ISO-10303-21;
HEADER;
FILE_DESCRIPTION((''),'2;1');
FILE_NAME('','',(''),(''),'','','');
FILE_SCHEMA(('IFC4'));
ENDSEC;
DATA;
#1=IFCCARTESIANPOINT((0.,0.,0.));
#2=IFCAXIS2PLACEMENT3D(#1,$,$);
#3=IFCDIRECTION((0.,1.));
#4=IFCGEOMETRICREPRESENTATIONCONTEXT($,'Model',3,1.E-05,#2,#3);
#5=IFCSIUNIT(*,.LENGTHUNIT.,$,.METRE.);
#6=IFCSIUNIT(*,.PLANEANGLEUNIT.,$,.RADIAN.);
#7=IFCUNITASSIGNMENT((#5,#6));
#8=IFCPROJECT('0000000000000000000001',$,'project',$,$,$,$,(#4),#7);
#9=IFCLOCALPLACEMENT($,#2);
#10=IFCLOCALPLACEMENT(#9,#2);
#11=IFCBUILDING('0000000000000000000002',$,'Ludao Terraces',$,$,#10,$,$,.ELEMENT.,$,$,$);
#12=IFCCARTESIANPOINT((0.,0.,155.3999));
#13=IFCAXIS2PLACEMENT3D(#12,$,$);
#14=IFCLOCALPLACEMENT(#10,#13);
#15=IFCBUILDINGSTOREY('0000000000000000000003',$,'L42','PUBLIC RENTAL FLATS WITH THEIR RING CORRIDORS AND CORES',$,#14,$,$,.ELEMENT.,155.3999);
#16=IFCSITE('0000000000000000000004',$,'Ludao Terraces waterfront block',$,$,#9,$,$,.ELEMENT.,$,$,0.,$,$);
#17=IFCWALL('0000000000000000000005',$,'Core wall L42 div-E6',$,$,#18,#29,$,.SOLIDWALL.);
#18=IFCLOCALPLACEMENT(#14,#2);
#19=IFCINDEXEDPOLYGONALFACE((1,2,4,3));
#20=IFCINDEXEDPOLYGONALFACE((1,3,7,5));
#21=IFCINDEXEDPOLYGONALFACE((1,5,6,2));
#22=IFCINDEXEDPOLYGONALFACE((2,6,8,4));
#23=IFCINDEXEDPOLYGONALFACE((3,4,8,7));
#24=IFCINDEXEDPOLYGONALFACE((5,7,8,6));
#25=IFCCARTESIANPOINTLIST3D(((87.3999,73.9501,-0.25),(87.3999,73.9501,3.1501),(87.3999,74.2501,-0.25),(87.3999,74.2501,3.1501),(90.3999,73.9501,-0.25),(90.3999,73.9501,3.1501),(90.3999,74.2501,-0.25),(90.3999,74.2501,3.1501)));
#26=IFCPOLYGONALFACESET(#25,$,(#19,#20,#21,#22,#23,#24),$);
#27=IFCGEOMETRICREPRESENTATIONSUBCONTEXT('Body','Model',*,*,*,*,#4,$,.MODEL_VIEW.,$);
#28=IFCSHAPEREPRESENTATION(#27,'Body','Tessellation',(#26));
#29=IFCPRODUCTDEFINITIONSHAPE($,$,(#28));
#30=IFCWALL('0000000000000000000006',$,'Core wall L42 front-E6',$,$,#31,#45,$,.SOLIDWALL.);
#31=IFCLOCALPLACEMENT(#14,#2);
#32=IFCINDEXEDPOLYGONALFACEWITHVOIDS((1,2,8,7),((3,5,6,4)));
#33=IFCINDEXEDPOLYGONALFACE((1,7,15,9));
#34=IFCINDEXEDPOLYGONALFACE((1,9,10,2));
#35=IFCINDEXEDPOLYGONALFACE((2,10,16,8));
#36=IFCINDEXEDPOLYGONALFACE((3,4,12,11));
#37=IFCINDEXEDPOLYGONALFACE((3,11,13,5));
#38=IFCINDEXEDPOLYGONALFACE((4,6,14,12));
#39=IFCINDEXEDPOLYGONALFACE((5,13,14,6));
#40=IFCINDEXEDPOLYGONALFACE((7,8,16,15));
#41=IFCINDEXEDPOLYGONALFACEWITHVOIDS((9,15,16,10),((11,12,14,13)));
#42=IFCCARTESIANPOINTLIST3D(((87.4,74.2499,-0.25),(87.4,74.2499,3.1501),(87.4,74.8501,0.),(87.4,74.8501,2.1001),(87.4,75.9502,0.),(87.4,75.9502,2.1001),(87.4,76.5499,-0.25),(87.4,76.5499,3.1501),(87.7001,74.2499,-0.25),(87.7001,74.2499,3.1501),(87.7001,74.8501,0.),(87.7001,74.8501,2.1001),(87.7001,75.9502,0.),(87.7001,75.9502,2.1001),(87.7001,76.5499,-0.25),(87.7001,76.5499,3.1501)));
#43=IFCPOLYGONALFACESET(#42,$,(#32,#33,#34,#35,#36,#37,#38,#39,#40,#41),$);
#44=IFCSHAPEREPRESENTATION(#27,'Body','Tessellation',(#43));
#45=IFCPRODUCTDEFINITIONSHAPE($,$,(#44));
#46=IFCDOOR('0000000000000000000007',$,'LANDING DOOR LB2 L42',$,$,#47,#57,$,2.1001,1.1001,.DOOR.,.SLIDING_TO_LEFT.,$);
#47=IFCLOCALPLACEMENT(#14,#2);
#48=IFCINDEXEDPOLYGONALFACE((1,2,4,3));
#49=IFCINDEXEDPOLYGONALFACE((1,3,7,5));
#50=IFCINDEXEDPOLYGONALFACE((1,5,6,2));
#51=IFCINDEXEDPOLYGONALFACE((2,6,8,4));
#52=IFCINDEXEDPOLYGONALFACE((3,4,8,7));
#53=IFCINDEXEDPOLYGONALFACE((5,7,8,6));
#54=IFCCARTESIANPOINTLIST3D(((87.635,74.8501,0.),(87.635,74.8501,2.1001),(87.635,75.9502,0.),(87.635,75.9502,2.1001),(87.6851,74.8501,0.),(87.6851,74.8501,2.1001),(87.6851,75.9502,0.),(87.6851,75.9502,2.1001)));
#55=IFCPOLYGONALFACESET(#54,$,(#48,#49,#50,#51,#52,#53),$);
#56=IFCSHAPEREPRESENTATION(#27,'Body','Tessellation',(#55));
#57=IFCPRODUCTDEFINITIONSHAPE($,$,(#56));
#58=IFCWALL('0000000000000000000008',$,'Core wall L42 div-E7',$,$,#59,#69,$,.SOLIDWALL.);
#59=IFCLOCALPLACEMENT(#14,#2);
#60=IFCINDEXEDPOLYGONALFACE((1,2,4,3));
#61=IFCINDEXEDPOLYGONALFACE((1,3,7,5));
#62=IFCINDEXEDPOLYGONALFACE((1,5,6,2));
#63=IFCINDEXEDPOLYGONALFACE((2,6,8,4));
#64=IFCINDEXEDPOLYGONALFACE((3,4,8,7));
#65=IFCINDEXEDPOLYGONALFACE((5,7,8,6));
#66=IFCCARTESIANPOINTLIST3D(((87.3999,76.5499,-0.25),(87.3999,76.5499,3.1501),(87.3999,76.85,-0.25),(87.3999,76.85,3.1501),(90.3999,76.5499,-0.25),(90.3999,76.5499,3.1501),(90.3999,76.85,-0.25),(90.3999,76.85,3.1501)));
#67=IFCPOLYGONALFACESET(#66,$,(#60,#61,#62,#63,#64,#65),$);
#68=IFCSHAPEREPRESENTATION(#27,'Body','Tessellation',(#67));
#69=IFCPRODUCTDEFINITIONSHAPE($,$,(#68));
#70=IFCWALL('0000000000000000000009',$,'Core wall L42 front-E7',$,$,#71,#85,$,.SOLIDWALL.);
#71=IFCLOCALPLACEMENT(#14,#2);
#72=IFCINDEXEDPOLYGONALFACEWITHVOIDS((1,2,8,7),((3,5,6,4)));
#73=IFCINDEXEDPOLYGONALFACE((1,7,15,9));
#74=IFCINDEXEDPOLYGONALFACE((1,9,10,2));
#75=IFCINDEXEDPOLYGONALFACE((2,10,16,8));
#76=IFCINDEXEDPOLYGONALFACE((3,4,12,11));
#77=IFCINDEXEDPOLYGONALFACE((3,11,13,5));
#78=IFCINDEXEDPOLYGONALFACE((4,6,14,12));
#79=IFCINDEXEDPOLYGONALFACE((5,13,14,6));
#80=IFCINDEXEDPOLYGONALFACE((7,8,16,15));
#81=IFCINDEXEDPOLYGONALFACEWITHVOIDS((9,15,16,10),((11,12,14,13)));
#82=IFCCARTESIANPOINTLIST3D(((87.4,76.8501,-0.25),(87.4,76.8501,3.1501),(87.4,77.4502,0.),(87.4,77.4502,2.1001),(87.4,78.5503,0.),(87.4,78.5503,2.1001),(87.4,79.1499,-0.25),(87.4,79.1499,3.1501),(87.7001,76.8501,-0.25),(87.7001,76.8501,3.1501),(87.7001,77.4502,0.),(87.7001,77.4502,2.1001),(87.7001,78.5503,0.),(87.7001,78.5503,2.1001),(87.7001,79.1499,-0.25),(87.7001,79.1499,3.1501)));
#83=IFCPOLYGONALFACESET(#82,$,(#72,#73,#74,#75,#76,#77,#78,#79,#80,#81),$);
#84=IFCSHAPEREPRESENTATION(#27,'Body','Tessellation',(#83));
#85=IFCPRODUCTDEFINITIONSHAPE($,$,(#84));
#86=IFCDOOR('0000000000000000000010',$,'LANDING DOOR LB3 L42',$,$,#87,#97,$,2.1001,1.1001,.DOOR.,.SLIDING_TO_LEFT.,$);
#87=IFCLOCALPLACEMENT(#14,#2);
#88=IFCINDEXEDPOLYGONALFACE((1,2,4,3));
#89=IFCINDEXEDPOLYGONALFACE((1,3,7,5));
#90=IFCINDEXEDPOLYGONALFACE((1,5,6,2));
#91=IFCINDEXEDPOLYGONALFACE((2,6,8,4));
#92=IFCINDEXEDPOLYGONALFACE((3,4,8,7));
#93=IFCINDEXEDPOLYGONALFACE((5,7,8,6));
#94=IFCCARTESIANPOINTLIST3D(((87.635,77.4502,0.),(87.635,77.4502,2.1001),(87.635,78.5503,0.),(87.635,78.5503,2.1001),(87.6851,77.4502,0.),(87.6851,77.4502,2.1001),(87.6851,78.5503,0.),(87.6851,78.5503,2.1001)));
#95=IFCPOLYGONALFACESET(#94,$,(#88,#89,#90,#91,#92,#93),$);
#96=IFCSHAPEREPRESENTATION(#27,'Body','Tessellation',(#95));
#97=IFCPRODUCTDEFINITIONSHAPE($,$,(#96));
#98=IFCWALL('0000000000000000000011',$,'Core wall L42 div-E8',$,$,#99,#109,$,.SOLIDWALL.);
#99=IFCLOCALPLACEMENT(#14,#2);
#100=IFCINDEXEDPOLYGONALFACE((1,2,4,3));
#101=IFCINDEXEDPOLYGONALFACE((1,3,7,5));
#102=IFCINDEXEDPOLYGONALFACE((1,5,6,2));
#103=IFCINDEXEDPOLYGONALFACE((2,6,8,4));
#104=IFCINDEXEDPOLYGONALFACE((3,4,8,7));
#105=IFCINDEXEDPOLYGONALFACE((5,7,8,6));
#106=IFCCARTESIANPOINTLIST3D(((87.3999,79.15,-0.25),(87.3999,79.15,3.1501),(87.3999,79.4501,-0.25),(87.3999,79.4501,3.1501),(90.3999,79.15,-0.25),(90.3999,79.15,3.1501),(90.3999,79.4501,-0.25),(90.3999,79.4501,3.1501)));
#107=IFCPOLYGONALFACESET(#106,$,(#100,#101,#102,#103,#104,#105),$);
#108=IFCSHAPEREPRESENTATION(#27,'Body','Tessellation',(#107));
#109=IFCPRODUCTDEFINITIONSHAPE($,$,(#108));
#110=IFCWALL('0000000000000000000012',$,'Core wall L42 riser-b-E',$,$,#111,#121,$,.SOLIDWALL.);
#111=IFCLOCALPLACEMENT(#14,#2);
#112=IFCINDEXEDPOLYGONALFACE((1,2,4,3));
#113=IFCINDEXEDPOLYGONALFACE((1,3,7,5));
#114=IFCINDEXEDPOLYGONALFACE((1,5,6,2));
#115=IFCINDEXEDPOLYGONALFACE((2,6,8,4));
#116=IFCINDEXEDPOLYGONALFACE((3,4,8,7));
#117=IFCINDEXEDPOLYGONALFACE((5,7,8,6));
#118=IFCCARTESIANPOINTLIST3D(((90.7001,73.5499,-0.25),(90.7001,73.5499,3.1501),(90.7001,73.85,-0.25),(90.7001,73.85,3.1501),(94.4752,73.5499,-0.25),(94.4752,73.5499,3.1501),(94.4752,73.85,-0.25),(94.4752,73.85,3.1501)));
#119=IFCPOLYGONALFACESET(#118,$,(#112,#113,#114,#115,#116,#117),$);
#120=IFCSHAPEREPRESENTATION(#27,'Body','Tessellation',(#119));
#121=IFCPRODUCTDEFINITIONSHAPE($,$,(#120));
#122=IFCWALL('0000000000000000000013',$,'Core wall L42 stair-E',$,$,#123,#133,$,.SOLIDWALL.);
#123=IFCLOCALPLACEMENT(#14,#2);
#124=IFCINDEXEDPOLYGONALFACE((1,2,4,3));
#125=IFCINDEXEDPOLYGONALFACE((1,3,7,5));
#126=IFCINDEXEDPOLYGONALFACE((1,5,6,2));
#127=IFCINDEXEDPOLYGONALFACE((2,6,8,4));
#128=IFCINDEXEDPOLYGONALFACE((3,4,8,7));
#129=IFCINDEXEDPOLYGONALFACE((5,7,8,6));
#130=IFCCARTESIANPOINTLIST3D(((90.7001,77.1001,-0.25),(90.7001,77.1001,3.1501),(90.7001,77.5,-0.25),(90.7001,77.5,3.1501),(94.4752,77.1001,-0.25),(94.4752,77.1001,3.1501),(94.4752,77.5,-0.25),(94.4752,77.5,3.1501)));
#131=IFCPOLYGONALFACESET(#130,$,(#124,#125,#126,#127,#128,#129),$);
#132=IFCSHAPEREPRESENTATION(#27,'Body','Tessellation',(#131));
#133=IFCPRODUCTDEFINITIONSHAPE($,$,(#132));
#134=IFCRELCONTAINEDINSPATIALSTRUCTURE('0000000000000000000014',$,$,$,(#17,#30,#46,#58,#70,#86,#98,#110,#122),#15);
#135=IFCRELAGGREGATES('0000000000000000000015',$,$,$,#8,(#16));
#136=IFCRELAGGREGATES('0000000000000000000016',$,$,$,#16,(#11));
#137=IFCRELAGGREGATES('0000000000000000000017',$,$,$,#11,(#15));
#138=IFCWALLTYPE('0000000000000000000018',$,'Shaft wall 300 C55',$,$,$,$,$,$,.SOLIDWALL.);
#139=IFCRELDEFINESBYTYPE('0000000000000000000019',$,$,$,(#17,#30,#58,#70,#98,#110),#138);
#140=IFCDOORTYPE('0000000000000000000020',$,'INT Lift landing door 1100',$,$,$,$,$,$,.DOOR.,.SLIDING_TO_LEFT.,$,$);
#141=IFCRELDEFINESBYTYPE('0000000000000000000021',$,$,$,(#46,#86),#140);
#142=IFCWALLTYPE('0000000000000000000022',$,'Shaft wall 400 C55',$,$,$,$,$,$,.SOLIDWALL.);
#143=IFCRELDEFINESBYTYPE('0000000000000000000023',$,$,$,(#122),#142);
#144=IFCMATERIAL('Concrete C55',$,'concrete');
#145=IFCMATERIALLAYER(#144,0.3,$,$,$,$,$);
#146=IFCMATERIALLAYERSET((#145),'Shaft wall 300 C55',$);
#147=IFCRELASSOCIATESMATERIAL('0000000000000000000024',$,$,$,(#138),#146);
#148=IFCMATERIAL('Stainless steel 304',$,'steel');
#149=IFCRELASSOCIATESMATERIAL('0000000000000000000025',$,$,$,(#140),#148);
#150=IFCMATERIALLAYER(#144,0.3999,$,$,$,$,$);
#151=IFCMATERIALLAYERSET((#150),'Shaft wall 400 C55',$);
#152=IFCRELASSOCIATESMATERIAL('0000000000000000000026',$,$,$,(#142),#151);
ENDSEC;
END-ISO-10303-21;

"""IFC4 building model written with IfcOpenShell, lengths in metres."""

from ifc_helpers import new_model, si_unit, direction, frame, frame_2d, origin, place, context, subcontext, project, spatial, rectangle, extrude, material, layer, layer_set, type_object, element, fill, save


model = new_model("IFC4")

# Units and contexts
model_context = context("Model", 3, precision=1e-05, world=origin(), true_north=direction((0.0, 1.0)))
body_context = subcontext(model_context, "Body", "Model", "MODEL_VIEW")
ifc_project = project(units=[si_unit("LENGTHUNIT", "METRE"), si_unit("PLANEANGLEUNIT", "RADIAN")], contexts=[model_context])

# Site, building, storey
site_placement = place(None, origin())
site = spatial("IfcSite", under=ifc_project, at=site_placement, Name="Ludao Terraces waterfront block", CompositionType="ELEMENT", RefElevation=0.0)
building_placement = place(site_placement, origin())
building = spatial("IfcBuilding", under=site, at=building_placement, Name="Ludao Terraces", CompositionType="ELEMENT")
storey_placement = place(building_placement, frame((0.0, 0.0, 155.3999)))
storey = spatial("IfcBuildingStorey", under=building, at=storey_placement, Name="L42", Description="PUBLIC RENTAL FLATS WITH THEIR RING CORRIDORS AND CORES", CompositionType="ELEMENT", Elevation=155.3999)

# Shared definitions
ifc_material_1 = material(Name="Concrete C55", Category="concrete")
ifc_layer_1 = layer(ifc_material_1, 0.3)
ifc_layer_set_1 = layer_set([ifc_layer_1], Name="Shaft wall 300 C55")
wall_type_1 = type_object("IfcWallType", Name="Shaft wall 300 C55", PredefinedType="SOLIDWALL", material=ifc_layer_set_1)

# Shared definitions
ifc_material_2 = material(Name="Stainless steel 304", Category="steel")
door_type_1 = type_object("IfcDoorType", Name="INT Lift landing door 1100", OperationType="SLIDING_TO_LEFT", PredefinedType="DOOR", material=ifc_material_2)

# Wall
wall_1_placement = place(storey_placement, frame((87.3999, 74.1001, -0.25), z_axis=(0.0, 0.0, 1.0), x_axis=(1.0, 0.0, 0.0)))
element("IfcWall", 1, at=wall_1_placement, inside=storey, type_object=wall_type_1, Name="Core wall L42 div-E6", PredefinedType="SOLIDWALL", context=body_context, shape_type="SweptSolid", body=[
    extrude(rectangle(XDim=3.0, YDim=0.3, at=frame_2d((1.5, 0.0))), origin(), (0.0, 0.0, 1.0), 3.4001),
])

# Wall, opening, door
wall_2_placement = place(storey_placement, frame((87.55, 74.25, -0.25), z_axis=(0.0, 0.0, 1.0), x_axis=(0.0, 1.0, 0.0)))
wall_2 = element("IfcWall", 2, at=wall_2_placement, inside=storey, type_object=wall_type_1, Name="Core wall L42 front-E6", PredefinedType="SOLIDWALL", context=body_context, shape_type="SweptSolid", body=[
    extrude(rectangle(XDim=2.3, YDim=0.3, at=frame_2d((1.1499, 0.0))), origin(), (0.0, 0.0, 1.0), 3.4001),
])
opening_1_placement = place(wall_2_placement, frame((0.6001, 0.0, 0.25)))
opening_1 = element("IfcOpeningElement", 3, at=opening_1_placement, cuts=wall_2, PredefinedType="OPENING", context=body_context, shape_type="SweptSolid", body=[
    extrude(rectangle(XDim=1.1001, YDim=2.1001, at=frame_2d((0.55, 1.05))), frame((0.0, 0.1602, 0.0), z_axis=(0.0, -1.0, 0.0), x_axis=(1.0, 0.0, 0.0)), (0.0, 0.0, 1.0), 0.3201),
])
door_1_placement = place(opening_1_placement, origin())
door_1 = element("IfcDoor", 4, at=door_1_placement, inside=storey, type_object=door_type_1, Name="LANDING DOOR LB2 L42", OperationType="SLIDING_TO_LEFT", OverallHeight=2.1001, OverallWidth=1.1001, PredefinedType="DOOR", context=body_context, shape_type="SweptSolid", body=[
    extrude(rectangle(XDim=1.1001, YDim=2.1001, at=frame_2d((0.55, 1.05))), frame((0.0, -0.085, 0.0), z_axis=(0.0, -1.0, 0.0), x_axis=(1.0, 0.0, 0.0)), (0.0, 0.0, 1.0), 0.05),
])
fill(opening_1, door_1)

# Wall
wall_3_placement = place(storey_placement, frame((87.3999, 76.7, -0.25), z_axis=(0.0, 0.0, 1.0), x_axis=(1.0, 0.0, 0.0)))
element("IfcWall", 5, at=wall_3_placement, inside=storey, type_object=wall_type_1, Name="Core wall L42 div-E7", PredefinedType="SOLIDWALL", context=body_context, shape_type="SweptSolid", body=[
    extrude(rectangle(XDim=3.0, YDim=0.3, at=frame_2d((1.5, 0.0))), origin(), (0.0, 0.0, 1.0), 3.4001),
])

# Wall, opening, door
wall_4_placement = place(storey_placement, frame((87.55, 76.8501, -0.25), z_axis=(0.0, 0.0, 1.0), x_axis=(0.0, 1.0, 0.0)))
wall_4 = element("IfcWall", 6, at=wall_4_placement, inside=storey, type_object=wall_type_1, Name="Core wall L42 front-E7", PredefinedType="SOLIDWALL", context=body_context, shape_type="SweptSolid", body=[
    extrude(rectangle(XDim=2.2998, YDim=0.3, at=frame_2d((1.1499, 0.0))), origin(), (0.0, 0.0, 1.0), 3.4001),
])
opening_2_placement = place(wall_4_placement, frame((0.6001, 0.0, 0.25)))
opening_2 = element("IfcOpeningElement", 7, at=opening_2_placement, cuts=wall_4, PredefinedType="OPENING", context=body_context, shape_type="SweptSolid", body=[
    extrude(rectangle(XDim=1.1001, YDim=2.1001, at=frame_2d((0.55, 1.05))), frame((0.0, 0.1602, 0.0), z_axis=(0.0, -1.0, 0.0), x_axis=(1.0, 0.0, 0.0)), (0.0, 0.0, 1.0), 0.3201),
])
door_2_placement = place(opening_2_placement, origin())
door_2 = element("IfcDoor", 8, at=door_2_placement, inside=storey, type_object=door_type_1, Name="LANDING DOOR LB3 L42", OperationType="SLIDING_TO_LEFT", OverallHeight=2.1001, OverallWidth=1.1001, PredefinedType="DOOR", context=body_context, shape_type="SweptSolid", body=[
    extrude(rectangle(XDim=1.1001, YDim=2.1001, at=frame_2d((0.55, 1.05))), frame((0.0, -0.085, 0.0), z_axis=(0.0, -1.0, 0.0), x_axis=(1.0, 0.0, 0.0)), (0.0, 0.0, 1.0), 0.05),
])
fill(opening_2, door_2)

# Walls
wall_5_placement = place(storey_placement, frame((87.3999, 79.3, -0.25), z_axis=(0.0, 0.0, 1.0), x_axis=(1.0, 0.0, 0.0)))
element("IfcWall", 9, at=wall_5_placement, inside=storey, type_object=wall_type_1, Name="Core wall L42 div-E8", PredefinedType="SOLIDWALL", context=body_context, shape_type="SweptSolid", body=[
    extrude(rectangle(XDim=3.0, YDim=0.3, at=frame_2d((1.5, 0.0))), origin(), (0.0, 0.0, 1.0), 3.4001),
])
wall_6_placement = place(storey_placement, frame((90.7, 73.7, -0.25), z_axis=(0.0, 0.0, 1.0), x_axis=(1.0, 0.0, 0.0)))
element("IfcWall", 10, at=wall_6_placement, inside=storey, type_object=wall_type_1, Name="Core wall L42 riser-b-E", PredefinedType="SOLIDWALL", context=body_context, shape_type="SweptSolid", body=[
    extrude(rectangle(XDim=3.7751, YDim=0.3, at=frame_2d((1.8877, 0.0))), origin(), (0.0, 0.0, 1.0), 3.4001),
])
ifc_layer_2 = layer(ifc_material_1, 0.3999)
ifc_layer_set_2 = layer_set([ifc_layer_2], Name="Shaft wall 400 C55")
wall_type_2 = type_object("IfcWallType", Name="Shaft wall 400 C55", PredefinedType="SOLIDWALL", material=ifc_layer_set_2)
wall_7_placement = place(storey_placement, frame((90.7, 77.3, -0.25), z_axis=(0.0, 0.0, 1.0), x_axis=(1.0, 0.0, 0.0)))
element("IfcWall", 11, at=wall_7_placement, inside=storey, type_object=wall_type_2, Name="Core wall L42 stair-E", PredefinedType="SOLIDWALL", context=body_context, shape_type="SweptSolid", body=[
    extrude(rectangle(XDim=3.7751, YDim=0.3999, at=frame_2d((1.8877, 0.0))), origin(), (0.0, 0.0, 1.0), 3.4001),
])

save(model, "model.ifc")
